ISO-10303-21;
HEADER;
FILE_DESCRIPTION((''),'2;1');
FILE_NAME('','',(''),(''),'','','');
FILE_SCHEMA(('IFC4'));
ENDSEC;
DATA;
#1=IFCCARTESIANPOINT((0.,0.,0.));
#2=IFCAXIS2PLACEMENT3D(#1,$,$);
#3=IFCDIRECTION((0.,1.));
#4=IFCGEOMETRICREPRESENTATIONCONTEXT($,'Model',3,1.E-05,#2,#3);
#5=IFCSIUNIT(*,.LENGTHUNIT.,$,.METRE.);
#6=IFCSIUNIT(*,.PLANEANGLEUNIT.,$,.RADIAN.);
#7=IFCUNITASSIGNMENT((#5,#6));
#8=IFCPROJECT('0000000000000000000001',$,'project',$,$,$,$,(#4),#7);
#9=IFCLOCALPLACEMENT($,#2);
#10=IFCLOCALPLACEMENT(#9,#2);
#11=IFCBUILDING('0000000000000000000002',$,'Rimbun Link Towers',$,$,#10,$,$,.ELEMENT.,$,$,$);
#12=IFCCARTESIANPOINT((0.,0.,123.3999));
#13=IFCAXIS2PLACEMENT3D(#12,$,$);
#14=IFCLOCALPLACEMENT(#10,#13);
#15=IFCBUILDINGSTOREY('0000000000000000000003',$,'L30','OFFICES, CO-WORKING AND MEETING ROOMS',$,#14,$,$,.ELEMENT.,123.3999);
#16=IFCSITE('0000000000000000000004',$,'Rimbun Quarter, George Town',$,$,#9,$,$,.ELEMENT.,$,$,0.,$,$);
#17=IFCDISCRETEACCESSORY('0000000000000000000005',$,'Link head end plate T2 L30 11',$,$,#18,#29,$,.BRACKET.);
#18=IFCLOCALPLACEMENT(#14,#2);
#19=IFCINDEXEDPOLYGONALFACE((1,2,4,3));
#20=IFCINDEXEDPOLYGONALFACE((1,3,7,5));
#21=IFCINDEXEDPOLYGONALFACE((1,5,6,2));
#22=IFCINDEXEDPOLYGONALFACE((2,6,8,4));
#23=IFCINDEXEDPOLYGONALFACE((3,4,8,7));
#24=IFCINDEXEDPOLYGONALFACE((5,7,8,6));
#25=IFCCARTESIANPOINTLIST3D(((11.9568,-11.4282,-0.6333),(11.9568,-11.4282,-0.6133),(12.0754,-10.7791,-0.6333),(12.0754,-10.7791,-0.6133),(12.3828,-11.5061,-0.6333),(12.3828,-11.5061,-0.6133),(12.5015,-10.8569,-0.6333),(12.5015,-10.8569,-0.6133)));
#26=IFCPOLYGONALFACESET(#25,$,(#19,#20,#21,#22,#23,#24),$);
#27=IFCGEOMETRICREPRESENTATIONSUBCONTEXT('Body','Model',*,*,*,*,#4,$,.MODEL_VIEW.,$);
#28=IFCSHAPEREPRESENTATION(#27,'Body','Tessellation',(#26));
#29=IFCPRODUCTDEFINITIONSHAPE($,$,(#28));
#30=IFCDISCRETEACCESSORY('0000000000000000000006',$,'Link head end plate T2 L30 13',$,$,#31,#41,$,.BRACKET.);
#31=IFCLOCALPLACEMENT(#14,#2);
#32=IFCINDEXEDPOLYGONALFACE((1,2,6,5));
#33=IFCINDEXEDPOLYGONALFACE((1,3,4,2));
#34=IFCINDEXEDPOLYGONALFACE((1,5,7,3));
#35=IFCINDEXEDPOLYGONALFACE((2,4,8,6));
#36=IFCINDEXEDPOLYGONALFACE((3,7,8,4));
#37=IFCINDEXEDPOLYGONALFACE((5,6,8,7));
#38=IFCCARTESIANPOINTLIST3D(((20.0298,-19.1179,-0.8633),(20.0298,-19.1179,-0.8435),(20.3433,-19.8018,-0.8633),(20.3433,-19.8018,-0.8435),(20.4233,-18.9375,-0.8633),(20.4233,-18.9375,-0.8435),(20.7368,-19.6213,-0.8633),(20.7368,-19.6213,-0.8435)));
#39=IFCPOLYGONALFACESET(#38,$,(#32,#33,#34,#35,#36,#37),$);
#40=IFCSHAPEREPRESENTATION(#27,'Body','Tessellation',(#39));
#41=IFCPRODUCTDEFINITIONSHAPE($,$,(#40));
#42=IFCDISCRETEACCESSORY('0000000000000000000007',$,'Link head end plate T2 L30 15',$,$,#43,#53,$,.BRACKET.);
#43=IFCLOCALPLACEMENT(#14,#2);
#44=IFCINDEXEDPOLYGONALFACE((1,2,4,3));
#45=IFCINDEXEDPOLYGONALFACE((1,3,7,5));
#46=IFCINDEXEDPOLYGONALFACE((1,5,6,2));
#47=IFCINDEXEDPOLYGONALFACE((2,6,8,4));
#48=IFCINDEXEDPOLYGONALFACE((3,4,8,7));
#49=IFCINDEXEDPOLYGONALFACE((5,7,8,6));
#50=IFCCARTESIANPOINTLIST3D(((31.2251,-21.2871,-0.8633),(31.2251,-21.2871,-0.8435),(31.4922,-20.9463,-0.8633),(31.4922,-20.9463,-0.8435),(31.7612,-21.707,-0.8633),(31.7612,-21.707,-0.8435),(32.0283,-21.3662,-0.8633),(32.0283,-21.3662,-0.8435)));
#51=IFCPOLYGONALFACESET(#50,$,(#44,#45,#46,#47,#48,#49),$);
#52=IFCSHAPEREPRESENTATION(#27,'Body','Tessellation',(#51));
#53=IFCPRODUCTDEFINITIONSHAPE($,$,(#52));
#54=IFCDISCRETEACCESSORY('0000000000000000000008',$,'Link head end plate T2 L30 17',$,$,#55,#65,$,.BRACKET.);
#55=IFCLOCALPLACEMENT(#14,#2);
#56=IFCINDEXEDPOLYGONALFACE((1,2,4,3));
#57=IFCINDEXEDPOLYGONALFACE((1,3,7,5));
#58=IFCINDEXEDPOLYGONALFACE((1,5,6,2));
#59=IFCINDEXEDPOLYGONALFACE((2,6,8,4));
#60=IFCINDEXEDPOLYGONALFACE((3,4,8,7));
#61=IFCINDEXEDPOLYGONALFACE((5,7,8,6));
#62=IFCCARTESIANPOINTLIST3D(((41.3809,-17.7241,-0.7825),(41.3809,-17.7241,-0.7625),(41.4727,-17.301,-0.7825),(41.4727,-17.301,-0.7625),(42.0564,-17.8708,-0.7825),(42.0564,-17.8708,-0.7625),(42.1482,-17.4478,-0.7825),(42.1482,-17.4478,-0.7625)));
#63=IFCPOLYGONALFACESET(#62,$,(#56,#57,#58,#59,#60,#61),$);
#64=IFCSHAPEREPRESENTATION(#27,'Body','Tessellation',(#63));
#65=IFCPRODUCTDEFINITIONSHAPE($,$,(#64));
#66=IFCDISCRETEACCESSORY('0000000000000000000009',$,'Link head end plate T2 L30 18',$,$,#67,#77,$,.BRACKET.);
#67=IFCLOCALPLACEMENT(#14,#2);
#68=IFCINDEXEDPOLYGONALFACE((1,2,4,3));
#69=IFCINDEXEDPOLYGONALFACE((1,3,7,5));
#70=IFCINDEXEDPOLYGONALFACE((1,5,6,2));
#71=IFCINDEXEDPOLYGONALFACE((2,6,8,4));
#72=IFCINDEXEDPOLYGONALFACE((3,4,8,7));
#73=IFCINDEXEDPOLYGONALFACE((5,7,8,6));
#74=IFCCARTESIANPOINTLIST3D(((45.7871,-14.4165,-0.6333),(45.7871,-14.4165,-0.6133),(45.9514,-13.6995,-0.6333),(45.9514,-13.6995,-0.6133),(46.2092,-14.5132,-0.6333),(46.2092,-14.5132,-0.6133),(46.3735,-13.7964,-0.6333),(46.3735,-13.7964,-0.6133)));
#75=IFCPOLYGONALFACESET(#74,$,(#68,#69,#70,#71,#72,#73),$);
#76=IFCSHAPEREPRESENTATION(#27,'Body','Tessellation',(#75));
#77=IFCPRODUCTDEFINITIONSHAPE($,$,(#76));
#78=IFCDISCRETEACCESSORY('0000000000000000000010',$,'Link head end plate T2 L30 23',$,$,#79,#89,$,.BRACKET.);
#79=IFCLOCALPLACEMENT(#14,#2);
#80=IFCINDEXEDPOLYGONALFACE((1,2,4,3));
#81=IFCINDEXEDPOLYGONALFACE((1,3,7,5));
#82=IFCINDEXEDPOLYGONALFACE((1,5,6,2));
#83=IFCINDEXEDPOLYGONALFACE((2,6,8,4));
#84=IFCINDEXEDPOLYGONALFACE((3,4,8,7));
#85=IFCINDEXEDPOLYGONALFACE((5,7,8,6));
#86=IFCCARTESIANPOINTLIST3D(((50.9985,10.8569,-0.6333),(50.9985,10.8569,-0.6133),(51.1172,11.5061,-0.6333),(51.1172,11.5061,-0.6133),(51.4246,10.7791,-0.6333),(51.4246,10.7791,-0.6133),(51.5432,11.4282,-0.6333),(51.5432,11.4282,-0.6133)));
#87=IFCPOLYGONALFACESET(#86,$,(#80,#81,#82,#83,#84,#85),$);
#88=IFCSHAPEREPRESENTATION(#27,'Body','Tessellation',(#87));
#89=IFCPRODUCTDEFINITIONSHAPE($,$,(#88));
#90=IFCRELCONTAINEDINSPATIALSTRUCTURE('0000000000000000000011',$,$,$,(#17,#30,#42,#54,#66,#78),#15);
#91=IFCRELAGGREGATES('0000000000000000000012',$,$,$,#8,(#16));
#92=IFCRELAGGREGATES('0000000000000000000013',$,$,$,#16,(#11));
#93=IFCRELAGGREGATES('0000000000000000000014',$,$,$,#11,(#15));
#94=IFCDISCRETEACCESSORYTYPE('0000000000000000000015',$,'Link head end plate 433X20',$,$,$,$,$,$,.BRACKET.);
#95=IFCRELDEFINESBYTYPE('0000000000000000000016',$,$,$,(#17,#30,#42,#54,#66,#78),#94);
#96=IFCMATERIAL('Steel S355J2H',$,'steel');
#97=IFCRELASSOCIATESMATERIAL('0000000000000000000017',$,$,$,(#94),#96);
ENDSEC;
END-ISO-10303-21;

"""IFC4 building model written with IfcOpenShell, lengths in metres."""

from ifc_helpers import new_model, si_unit, direction, frame, origin, origin_2d, place, context, subcontext, project, spatial, polyline, rectangle, outline, extrude, material, material_profile, profile_set, type_object, element, save


model = new_model("IFC4")

# Units and contexts
model_context = context("Model", 3, precision=1e-05, world=origin(), true_north=direction((0.0, 1.0)))
body_context = subcontext(model_context, "Body", "Model", "MODEL_VIEW")
ifc_project = project(units=[si_unit("LENGTHUNIT", "METRE"), si_unit("PLANEANGLEUNIT", "RADIAN")], contexts=[model_context])

# Site, building, storey
site_placement = place(None, origin())
site = spatial("IfcSite", under=ifc_project, at=site_placement, Name="Rimbun Quarter, George Town", CompositionType="ELEMENT", RefElevation=0.0)
building_placement = place(site_placement, origin())
building = spatial("IfcBuilding", under=site, at=building_placement, Name="Rimbun Link Towers", CompositionType="ELEMENT")
storey_placement = place(building_placement, frame((0.0, 0.0, 123.3999)))
storey = spatial("IfcBuildingStorey", under=building, at=storey_placement, Name="L30", Description="OFFICES, CO-WORKING AND MEETING ROOMS", CompositionType="ELEMENT", Elevation=123.3999)

# Discrete accessories
ifc_material_1 = material(Name="Steel S355J2H", Category="steel")
ifc_material_profile_1 = material_profile(ifc_material_1, rectangle(XDim=0.4331, YDim=0.4331, at=origin_2d()), Name="PL 433x433")
ifc_profile_set_1 = profile_set([ifc_material_profile_1], Name="Steel S355J2H")
discrete_accessory_type_1 = type_object("IfcDiscreteAccessoryType", Name="Link head end plate 433X20", PredefinedType="BRACKET", material=ifc_profile_set_1)
discrete_accessory_1_placement = place(storey_placement, frame((0.0, 0.0, -0.6333)))
element("IfcDiscreteAccessory", 1, at=discrete_accessory_1_placement, inside=storey, type_object=discrete_accessory_type_1, Name="Link head end plate T2 L30 11", PredefinedType="BRACKET", context=body_context, shape_type="SweptSolid", body=[
    extrude(outline(polyline([(12.0754, -10.7791), (11.9568, -11.4282), (12.3828, -11.5061), (12.5015, -10.8569), (12.0754, -10.7791)])), origin(), (0.0, 0.0, 1.0), 0.02),
])
discrete_accessory_2_placement = place(storey_placement, frame((0.0, 0.0, -0.8633)))
element("IfcDiscreteAccessory", 2, at=discrete_accessory_2_placement, inside=storey, type_object=discrete_accessory_type_1, Name="Link head end plate T2 L30 13", PredefinedType="BRACKET", context=body_context, shape_type="SweptSolid", body=[
    extrude(outline(polyline([(20.0298, -19.1179), (20.3433, -19.8018), (20.7368, -19.6213), (20.4233, -18.9375), (20.0298, -19.1179)])), origin(), (0.0, 0.0, 1.0), 0.0198),
])
discrete_accessory_3_placement = place(storey_placement, frame((0.0, 0.0, -0.8633)))
element("IfcDiscreteAccessory", 3, at=discrete_accessory_3_placement, inside=storey, type_object=discrete_accessory_type_1, Name="Link head end plate T2 L30 15", PredefinedType="BRACKET", context=body_context, shape_type="SweptSolid", body=[
    extrude(outline(polyline([(31.2251, -21.2871), (31.7612, -21.707), (32.0283, -21.3662), (31.4922, -20.9463), (31.2251, -21.2871)])), origin(), (0.0, 0.0, 1.0), 0.0198),
])
discrete_accessory_4_placement = place(storey_placement, frame((0.0, 0.0, -0.7825)))
element("IfcDiscreteAccessory", 4, at=discrete_accessory_4_placement, inside=storey, type_object=discrete_accessory_type_1, Name="Link head end plate T2 L30 17", PredefinedType="BRACKET", context=body_context, shape_type="SweptSolid", body=[
    extrude(outline(polyline([(41.3809, -17.7241), (42.0564, -17.8708), (42.1482, -17.4478), (41.4727, -17.301), (41.3809, -17.7241)])), origin(), (0.0, 0.0, 1.0), 0.02),
])
discrete_accessory_5_placement = place(storey_placement, frame((0.0, 0.0, -0.6333)))
element("IfcDiscreteAccessory", 5, at=discrete_accessory_5_placement, inside=storey, type_object=discrete_accessory_type_1, Name="Link head end plate T2 L30 18", PredefinedType="BRACKET", context=body_context, shape_type="SweptSolid", body=[
    extrude(outline(polyline([(45.9514, -13.6995), (45.7871, -14.4165), (46.2092, -14.5132), (46.3735, -13.7964), (45.9514, -13.6995)])), origin(), (0.0, 0.0, 1.0), 0.02),
])
discrete_accessory_6_placement = place(storey_placement, frame((0.0, 0.0, -0.6333)))
element("IfcDiscreteAccessory", 6, at=discrete_accessory_6_placement, inside=storey, type_object=discrete_accessory_type_1, Name="Link head end plate T2 L30 23", PredefinedType="BRACKET", context=body_context, shape_type="SweptSolid", body=[
    extrude(outline(polyline([(51.4246, 10.7791), (51.5432, 11.4282), (51.1172, 11.5061), (50.9985, 10.8569), (51.4246, 10.7791)])), origin(), (0.0, 0.0, 1.0), 0.02),
])

save(model, "model.ifc")
